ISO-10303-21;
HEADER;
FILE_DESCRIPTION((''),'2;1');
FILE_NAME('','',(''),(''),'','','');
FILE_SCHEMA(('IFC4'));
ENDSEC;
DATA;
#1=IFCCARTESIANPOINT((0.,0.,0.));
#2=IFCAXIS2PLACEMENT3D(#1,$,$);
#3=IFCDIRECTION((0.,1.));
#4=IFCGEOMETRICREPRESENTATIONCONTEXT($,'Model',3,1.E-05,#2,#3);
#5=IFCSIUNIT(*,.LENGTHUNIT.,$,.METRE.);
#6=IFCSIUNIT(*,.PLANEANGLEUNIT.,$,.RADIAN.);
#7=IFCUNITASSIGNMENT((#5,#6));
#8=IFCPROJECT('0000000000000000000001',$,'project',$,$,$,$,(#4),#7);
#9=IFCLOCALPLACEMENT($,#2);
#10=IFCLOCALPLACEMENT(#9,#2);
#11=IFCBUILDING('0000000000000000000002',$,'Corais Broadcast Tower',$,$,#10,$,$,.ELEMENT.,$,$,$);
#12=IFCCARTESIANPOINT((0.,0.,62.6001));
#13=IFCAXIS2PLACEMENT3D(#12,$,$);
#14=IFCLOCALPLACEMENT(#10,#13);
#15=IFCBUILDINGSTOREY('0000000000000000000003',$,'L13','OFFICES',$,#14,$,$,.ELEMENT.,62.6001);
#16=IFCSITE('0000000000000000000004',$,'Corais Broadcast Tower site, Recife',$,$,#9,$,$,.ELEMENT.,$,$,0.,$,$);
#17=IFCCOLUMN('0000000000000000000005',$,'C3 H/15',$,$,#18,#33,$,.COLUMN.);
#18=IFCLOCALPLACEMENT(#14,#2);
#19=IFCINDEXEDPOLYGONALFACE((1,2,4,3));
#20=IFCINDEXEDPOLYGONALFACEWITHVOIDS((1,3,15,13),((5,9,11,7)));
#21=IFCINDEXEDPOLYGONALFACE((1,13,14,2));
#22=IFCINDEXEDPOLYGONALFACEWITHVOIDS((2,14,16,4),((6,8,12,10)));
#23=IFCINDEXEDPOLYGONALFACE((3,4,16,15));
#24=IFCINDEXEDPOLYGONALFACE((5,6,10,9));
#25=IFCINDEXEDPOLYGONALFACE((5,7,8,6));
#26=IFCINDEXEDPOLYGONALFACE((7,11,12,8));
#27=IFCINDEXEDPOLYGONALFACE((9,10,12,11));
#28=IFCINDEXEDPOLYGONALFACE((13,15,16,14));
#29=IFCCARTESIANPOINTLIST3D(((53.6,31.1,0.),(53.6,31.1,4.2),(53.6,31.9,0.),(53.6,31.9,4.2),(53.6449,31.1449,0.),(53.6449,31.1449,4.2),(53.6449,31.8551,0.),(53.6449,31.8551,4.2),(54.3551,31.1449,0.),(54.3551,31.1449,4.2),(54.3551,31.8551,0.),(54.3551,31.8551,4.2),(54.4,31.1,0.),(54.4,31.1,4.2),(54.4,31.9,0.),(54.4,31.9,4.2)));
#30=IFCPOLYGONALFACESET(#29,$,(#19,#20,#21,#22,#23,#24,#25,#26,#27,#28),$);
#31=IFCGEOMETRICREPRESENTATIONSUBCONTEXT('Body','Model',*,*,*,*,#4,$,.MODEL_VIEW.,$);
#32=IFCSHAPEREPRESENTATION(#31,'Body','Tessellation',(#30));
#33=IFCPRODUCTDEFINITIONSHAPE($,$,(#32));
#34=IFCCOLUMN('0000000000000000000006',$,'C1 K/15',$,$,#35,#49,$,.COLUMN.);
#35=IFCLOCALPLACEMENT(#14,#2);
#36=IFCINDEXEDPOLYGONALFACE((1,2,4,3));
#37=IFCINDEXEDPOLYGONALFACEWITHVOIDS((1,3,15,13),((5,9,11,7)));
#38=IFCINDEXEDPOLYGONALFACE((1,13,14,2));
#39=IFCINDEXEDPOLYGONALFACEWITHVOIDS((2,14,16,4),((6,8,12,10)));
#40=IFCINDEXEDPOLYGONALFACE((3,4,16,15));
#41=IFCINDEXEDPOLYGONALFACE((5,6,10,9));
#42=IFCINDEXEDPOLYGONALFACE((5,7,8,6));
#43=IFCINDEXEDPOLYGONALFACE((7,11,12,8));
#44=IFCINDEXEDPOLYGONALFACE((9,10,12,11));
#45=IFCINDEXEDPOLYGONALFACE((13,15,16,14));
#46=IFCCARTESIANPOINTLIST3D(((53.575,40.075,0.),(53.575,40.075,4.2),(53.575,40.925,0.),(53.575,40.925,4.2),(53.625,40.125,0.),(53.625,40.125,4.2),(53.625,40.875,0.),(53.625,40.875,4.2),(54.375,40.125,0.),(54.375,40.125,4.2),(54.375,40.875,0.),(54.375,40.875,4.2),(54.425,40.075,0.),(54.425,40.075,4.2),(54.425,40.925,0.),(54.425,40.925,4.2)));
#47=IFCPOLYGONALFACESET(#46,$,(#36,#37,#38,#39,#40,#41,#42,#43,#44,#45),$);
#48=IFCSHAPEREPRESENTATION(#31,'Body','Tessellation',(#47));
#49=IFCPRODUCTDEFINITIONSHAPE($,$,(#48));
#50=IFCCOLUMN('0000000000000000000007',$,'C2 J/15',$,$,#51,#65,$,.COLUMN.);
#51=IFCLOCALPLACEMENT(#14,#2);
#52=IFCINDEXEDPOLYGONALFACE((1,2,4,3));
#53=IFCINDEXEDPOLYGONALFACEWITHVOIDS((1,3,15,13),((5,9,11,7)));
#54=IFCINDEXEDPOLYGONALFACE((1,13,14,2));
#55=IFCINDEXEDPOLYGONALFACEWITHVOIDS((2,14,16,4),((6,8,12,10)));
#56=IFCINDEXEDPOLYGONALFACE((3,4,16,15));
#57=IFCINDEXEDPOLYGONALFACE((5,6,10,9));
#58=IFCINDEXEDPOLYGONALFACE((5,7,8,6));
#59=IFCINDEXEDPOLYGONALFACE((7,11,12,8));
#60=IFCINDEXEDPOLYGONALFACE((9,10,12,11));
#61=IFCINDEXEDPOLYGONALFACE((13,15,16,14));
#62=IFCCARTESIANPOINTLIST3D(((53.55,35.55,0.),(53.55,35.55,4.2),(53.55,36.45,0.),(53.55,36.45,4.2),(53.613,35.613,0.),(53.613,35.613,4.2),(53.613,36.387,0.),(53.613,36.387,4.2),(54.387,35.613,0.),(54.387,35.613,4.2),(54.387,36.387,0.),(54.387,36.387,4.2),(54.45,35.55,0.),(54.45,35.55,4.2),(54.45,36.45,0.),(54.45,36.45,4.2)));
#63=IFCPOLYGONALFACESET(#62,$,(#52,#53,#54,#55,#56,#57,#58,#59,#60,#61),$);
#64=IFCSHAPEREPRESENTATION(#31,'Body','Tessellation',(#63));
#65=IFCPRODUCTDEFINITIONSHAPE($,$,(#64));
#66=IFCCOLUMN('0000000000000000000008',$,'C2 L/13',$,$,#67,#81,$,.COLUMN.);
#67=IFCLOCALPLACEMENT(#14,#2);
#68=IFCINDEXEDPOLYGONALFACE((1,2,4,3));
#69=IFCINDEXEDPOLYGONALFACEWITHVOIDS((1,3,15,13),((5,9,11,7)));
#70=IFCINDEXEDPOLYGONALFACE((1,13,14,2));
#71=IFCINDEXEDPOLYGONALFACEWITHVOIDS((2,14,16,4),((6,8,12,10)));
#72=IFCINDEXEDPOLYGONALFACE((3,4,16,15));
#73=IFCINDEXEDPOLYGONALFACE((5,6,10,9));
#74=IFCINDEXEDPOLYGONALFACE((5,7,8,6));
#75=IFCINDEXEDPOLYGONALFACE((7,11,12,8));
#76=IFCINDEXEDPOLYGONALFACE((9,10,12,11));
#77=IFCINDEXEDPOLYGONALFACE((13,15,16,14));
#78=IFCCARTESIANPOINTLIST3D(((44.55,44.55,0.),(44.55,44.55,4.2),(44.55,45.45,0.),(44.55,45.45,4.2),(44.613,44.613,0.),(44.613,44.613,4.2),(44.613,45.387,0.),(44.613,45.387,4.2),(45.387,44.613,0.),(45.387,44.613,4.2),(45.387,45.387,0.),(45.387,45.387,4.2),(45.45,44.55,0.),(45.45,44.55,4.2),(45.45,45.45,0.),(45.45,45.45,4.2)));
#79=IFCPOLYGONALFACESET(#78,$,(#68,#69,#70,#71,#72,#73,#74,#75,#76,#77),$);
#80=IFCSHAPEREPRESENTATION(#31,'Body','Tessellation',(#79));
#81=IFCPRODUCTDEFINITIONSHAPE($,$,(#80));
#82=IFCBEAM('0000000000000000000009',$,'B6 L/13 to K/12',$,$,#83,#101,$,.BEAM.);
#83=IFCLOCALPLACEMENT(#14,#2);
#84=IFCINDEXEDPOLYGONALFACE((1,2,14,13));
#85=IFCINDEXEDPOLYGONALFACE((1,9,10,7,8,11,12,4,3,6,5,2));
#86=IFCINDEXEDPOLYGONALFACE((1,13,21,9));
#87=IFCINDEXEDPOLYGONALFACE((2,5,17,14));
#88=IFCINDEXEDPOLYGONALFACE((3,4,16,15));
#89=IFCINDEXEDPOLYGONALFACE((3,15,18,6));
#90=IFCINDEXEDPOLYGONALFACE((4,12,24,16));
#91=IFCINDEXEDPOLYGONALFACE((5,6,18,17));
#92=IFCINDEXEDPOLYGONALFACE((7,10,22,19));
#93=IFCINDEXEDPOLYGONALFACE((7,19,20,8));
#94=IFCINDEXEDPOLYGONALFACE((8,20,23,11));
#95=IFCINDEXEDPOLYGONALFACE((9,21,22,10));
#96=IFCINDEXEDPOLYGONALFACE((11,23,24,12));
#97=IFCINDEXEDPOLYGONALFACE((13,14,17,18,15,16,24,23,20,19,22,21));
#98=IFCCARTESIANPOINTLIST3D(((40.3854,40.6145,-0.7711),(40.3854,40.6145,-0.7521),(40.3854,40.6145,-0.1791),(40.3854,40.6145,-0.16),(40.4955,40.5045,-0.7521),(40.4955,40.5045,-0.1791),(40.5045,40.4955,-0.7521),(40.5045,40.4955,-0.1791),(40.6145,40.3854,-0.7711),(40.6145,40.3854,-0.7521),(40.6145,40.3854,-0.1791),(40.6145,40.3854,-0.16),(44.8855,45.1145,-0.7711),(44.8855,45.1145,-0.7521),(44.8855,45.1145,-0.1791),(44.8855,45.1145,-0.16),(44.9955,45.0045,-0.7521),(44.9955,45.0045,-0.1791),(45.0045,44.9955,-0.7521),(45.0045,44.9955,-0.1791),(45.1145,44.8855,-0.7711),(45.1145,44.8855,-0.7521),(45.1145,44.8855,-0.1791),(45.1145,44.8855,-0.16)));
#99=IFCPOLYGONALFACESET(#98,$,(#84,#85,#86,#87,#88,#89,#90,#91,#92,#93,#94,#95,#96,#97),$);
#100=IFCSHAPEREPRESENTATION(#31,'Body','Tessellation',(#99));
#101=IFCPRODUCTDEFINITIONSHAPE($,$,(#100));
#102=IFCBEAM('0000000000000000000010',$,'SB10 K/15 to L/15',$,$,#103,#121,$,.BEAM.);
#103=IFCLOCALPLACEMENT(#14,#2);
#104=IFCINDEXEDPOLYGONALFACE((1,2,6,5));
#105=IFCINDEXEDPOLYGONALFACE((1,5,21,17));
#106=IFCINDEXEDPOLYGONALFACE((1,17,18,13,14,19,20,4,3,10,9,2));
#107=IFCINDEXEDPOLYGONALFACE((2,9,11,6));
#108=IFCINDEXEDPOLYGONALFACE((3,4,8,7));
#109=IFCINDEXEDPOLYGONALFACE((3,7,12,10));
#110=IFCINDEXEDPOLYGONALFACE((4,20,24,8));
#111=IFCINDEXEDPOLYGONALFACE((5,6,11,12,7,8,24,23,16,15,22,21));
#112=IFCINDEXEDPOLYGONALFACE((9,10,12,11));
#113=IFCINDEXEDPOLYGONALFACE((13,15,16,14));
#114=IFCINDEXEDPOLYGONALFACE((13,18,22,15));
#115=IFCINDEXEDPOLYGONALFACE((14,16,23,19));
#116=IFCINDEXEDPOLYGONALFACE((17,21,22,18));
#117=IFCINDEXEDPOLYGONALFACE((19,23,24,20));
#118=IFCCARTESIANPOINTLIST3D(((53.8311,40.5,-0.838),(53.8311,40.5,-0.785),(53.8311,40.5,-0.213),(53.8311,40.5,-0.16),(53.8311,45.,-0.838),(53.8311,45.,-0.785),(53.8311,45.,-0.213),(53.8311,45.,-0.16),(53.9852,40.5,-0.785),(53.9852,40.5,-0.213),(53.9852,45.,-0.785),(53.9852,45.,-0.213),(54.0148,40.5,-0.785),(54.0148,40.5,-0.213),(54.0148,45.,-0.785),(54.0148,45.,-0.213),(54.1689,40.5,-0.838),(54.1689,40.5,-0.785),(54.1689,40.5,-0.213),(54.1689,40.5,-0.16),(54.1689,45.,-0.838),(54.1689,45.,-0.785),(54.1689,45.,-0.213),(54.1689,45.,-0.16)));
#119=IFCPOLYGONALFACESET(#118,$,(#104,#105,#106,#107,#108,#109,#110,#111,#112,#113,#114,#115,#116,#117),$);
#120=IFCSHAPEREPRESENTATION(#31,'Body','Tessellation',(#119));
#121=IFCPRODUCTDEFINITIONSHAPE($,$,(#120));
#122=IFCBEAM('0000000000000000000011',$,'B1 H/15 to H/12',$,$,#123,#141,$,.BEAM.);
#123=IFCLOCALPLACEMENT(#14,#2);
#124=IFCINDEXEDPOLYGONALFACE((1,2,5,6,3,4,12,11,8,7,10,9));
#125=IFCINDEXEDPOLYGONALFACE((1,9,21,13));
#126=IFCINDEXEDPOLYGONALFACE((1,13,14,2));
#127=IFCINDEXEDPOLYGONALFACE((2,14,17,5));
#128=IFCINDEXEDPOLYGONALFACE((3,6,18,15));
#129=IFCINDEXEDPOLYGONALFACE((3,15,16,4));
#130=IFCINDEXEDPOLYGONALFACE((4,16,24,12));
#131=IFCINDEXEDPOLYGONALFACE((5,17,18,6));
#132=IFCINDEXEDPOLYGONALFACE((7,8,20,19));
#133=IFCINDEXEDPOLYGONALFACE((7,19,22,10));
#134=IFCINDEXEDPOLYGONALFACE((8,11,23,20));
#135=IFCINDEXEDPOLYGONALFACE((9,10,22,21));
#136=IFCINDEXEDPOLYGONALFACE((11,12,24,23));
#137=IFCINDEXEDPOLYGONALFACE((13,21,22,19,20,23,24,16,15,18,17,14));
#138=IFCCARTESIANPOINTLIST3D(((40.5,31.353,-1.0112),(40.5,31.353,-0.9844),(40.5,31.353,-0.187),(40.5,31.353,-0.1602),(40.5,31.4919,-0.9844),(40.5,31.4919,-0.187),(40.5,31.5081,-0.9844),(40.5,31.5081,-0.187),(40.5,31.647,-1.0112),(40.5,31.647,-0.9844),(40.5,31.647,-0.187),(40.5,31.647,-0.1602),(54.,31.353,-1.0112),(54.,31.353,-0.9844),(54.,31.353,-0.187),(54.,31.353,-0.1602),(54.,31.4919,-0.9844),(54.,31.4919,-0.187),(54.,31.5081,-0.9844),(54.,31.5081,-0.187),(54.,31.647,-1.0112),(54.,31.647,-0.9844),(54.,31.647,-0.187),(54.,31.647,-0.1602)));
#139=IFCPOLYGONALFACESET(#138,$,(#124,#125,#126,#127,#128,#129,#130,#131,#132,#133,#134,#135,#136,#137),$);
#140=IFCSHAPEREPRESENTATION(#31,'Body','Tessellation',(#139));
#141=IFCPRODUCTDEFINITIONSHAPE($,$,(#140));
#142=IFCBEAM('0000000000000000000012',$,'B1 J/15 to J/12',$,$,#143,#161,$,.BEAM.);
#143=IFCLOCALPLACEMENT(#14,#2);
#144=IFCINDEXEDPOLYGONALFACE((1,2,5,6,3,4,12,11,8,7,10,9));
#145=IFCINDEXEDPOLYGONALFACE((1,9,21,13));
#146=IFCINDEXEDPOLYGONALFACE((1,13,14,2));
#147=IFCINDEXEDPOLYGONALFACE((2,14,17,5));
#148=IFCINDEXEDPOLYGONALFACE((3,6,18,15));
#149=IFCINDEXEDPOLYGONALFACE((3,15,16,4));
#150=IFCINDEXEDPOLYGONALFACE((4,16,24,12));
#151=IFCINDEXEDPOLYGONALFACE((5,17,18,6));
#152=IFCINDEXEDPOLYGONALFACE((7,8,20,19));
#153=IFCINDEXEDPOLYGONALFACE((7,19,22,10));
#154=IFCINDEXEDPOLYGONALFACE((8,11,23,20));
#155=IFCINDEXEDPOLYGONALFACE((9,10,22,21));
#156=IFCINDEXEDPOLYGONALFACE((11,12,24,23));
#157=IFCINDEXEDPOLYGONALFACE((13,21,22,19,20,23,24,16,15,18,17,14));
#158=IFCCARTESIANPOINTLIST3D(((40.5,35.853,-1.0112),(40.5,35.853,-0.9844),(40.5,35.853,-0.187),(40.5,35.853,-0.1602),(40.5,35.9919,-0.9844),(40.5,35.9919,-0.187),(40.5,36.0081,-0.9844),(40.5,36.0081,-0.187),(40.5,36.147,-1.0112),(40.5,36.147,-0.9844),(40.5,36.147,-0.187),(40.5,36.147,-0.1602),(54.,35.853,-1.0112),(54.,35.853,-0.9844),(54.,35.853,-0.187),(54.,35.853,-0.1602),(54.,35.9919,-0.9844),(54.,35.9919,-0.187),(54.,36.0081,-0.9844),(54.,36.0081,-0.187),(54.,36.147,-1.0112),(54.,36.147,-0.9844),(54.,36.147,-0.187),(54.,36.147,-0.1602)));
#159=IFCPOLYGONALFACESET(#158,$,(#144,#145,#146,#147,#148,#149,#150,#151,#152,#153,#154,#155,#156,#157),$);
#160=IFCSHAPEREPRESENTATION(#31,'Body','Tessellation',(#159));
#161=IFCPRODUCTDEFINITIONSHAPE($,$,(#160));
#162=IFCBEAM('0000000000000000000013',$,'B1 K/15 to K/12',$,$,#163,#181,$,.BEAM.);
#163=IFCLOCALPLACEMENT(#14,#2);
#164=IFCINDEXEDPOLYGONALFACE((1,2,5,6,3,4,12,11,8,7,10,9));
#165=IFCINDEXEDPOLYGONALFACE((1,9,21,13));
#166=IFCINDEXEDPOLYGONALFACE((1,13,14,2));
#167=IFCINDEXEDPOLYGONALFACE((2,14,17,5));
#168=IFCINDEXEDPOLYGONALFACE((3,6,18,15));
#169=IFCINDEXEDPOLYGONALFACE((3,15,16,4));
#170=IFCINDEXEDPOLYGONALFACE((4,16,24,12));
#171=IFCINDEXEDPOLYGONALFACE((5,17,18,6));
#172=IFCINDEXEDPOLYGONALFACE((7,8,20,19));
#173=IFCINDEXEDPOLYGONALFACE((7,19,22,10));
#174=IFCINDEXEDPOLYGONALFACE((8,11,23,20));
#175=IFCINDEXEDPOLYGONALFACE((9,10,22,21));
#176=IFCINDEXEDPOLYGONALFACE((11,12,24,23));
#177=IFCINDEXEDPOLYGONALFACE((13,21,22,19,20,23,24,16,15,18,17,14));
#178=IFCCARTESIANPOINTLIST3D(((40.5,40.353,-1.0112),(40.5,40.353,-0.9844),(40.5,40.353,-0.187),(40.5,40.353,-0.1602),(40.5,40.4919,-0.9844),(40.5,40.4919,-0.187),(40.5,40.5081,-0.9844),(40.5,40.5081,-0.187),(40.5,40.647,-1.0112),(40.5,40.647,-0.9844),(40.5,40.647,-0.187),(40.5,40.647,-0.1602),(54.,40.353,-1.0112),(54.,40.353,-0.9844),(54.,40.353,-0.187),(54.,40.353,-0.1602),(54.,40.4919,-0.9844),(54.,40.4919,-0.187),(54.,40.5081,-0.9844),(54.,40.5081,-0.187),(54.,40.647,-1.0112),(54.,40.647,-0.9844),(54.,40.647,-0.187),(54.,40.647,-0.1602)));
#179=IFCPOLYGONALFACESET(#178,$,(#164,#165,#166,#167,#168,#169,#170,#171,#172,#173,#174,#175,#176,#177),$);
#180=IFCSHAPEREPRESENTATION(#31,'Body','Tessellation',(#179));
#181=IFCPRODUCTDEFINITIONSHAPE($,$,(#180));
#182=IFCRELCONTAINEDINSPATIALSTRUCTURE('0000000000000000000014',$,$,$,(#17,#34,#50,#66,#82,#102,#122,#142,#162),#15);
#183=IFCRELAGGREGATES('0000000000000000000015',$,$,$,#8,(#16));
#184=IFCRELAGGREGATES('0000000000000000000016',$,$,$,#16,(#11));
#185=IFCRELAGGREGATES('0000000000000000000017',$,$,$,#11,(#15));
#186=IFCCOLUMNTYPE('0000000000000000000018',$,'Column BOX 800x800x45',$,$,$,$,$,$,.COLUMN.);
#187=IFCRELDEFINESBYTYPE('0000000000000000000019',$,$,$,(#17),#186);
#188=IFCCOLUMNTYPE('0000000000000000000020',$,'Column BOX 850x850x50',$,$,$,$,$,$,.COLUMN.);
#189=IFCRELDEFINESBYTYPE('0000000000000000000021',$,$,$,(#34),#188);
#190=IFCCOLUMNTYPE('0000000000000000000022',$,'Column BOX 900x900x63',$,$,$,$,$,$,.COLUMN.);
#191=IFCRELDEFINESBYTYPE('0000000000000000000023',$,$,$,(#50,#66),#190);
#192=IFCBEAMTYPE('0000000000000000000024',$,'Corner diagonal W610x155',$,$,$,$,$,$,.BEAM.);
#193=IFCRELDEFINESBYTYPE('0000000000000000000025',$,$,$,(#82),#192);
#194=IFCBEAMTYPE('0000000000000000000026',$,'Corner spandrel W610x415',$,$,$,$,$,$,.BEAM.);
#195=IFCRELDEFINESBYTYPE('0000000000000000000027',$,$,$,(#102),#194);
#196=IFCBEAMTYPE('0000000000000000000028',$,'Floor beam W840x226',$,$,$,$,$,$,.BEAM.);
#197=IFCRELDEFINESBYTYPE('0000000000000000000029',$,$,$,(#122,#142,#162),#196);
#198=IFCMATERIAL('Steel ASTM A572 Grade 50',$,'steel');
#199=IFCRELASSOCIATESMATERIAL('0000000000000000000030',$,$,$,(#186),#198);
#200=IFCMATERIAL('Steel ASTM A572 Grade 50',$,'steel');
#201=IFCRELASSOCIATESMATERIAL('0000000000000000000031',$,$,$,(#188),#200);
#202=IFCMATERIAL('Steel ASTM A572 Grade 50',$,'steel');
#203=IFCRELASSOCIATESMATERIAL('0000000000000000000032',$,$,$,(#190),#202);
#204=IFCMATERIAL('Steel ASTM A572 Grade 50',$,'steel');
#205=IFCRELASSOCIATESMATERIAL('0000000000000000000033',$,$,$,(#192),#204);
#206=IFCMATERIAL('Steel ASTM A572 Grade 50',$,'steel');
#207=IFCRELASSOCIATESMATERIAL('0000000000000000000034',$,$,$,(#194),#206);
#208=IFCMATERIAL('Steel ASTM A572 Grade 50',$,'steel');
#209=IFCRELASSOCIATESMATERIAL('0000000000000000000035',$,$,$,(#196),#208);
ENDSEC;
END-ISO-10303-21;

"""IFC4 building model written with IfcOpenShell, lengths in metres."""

from ifc_helpers import new_model, si_unit, direction, frame, origin, origin_2d, place, context, subcontext, project, spatial, hollow_rectangle, i_section, extrude, material, material_profile, profile_set, type_object, element, save


model = new_model("IFC4")

# Units and contexts
model_context = context("Model", 3, precision=1e-05, world=origin(), true_north=direction((0.0, 1.0)))
body_context = subcontext(model_context, "Body", "Model", "MODEL_VIEW")
ifc_project = project(units=[si_unit("LENGTHUNIT", "METRE"), si_unit("PLANEANGLEUNIT", "RADIAN")], contexts=[model_context])

# Site, building, storey
site_placement = place(None, origin())
site = spatial("IfcSite", under=ifc_project, at=site_placement, Name="Corais Broadcast Tower site, Recife", CompositionType="ELEMENT", RefElevation=0.0)
building_placement = place(site_placement, origin())
building = spatial("IfcBuilding", under=site, at=building_placement, Name="Corais Broadcast Tower", CompositionType="ELEMENT")
storey_placement = place(building_placement, frame((0.0, 0.0, 62.6001)))
storey = spatial("IfcBuildingStorey", under=building, at=storey_placement, Name="L13", Description="OFFICES", CompositionType="ELEMENT", Elevation=62.6001)

# Columns
ifc_material_1 = material(Name="Steel ASTM A572 Grade 50", Category="steel")
ifc_material_profile_1 = material_profile(ifc_material_1, hollow_rectangle(XDim=0.8, YDim=0.8, WallThickness=0.0449, at=origin_2d()), Name="BOX 800x800x45")
ifc_profile_set_1 = profile_set([ifc_material_profile_1], Name="Steel ASTM A572 Grade 50")
column_type_1 = type_object("IfcColumnType", Name="Column BOX 800x800x45", PredefinedType="COLUMN", material=ifc_profile_set_1)
column_1_placement = place(storey_placement, frame((54.0, 31.5, 0.0), z_axis=(0.0, 0.0, 1.0), x_axis=(1.0, 0.0, 0.0)))
element("IfcColumn", 1, at=column_1_placement, inside=storey, type_object=column_type_1, Name="C3 H/15", PredefinedType="COLUMN", context=body_context, shape_type="SweptSolid", body=[
    extrude(hollow_rectangle(XDim=0.8, YDim=0.8, WallThickness=0.0449, at=origin_2d()), origin(), (0.0, 0.0, 1.0), 4.2),
])
ifc_material_2 = material(Name="Steel ASTM A572 Grade 50", Category="steel")
ifc_material_profile_2 = material_profile(ifc_material_2, hollow_rectangle(XDim=0.8501, YDim=0.8501, WallThickness=0.05, at=origin_2d()), Name="BOX 850x850x50")
ifc_profile_set_2 = profile_set([ifc_material_profile_2], Name="Steel ASTM A572 Grade 50")
column_type_2 = type_object("IfcColumnType", Name="Column BOX 850x850x50", PredefinedType="COLUMN", material=ifc_profile_set_2)
column_2_placement = place(storey_placement, frame((54.0, 40.5, 0.0), z_axis=(0.0, 0.0, 1.0), x_axis=(1.0, 0.0, 0.0)))
element("IfcColumn", 2, at=column_2_placement, inside=storey, type_object=column_type_2, Name="C1 K/15", PredefinedType="COLUMN", context=body_context, shape_type="SweptSolid", body=[
    extrude(hollow_rectangle(XDim=0.8501, YDim=0.8501, WallThickness=0.05, at=origin_2d()), origin(), (0.0, 0.0, 1.0), 4.2),
])
ifc_material_3 = material(Name="Steel ASTM A572 Grade 50", Category="steel")
ifc_material_profile_3 = material_profile(ifc_material_3, hollow_rectangle(XDim=0.8999, YDim=0.8999, WallThickness=0.063, at=origin_2d()), Name="BOX 900x900x63")
ifc_profile_set_3 = profile_set([ifc_material_profile_3], Name="Steel ASTM A572 Grade 50")
column_type_3 = type_object("IfcColumnType", Name="Column BOX 900x900x63", PredefinedType="COLUMN", material=ifc_profile_set_3)
for number, where, z_axis, x_axis, name in (
    (3, (54.0, 36.0, 0.0), (0.0, 0.0, 1.0), (1.0, 0.0, 0.0), "C2 J/15"),
    (4, (45.0, 45.0, 0.0), (0.0, 0.0, 1.0), (1.0, 0.0, 0.0), "C2 L/13"),
):
    element("IfcColumn", number, at=place(storey_placement, frame(where, z_axis=z_axis, x_axis=x_axis)), inside=storey, type_object=column_type_3, Name=name, PredefinedType="COLUMN", context=body_context, shape_type="SweptSolid", body=[
        extrude(hollow_rectangle(XDim=0.8999, YDim=0.8999, WallThickness=0.063, at=origin_2d()), origin(), (0.0, 0.0, 1.0), 4.2),
    ])

# Beams
ifc_material_4 = material(Name="Steel ASTM A572 Grade 50", Category="steel")
ifc_material_profile_4 = material_profile(ifc_material_4, i_section(OverallWidth=0.324, OverallDepth=0.6111, WebThickness=0.0127, FlangeThickness=0.019, at=origin_2d()), Name="W610x155")
ifc_profile_set_4 = profile_set([ifc_material_profile_4], Name="Steel ASTM A572 Grade 50")
beam_type_1 = type_object("IfcBeamType", Name="Corner diagonal W610x155", PredefinedType="BEAM", material=ifc_profile_set_4)
beam_1_placement = place(storey_placement, frame((45.0, 45.0, -0.4656), z_axis=(-0.707107, -0.707107, 0.0), x_axis=(0.707107, -0.707107, 0.0)))
element("IfcBeam", 5, at=beam_1_placement, inside=storey, type_object=beam_type_1, Name="B6 L/13 to K/12", PredefinedType="BEAM", context=body_context, shape_type="SweptSolid", body=[
    extrude(i_section(OverallWidth=0.324, OverallDepth=0.6111, WebThickness=0.0127, FlangeThickness=0.019, at=origin_2d()), origin(), (0.0, 0.0, 1.0), 6.364),
])
ifc_material_5 = material(Name="Steel ASTM A572 Grade 50", Category="steel")
ifc_material_profile_5 = material_profile(ifc_material_5, i_section(OverallWidth=0.3379, OverallDepth=0.678, WebThickness=0.0295, FlangeThickness=0.053, at=origin_2d()), Name="W610x415")
ifc_profile_set_5 = profile_set([ifc_material_profile_5], Name="Steel ASTM A572 Grade 50")
beam_type_2 = type_object("IfcBeamType", Name="Corner spandrel W610x415", PredefinedType="BEAM", material=ifc_profile_set_5)
beam_2_placement = place(storey_placement, frame((54.0, 40.5, -0.499), z_axis=(0.0, 1.0, 0.0), x_axis=(-1.0, 0.0, 0.0)))
element("IfcBeam", 6, at=beam_2_placement, inside=storey, type_object=beam_type_2, Name="SB10 K/15 to L/15", PredefinedType="BEAM", context=body_context, shape_type="SweptSolid", body=[
    extrude(i_section(OverallWidth=0.3379, OverallDepth=0.678, WebThickness=0.0295, FlangeThickness=0.053, at=origin_2d()), origin(), (0.0, 0.0, 1.0), 4.5),
])
ifc_material_6 = material(Name="Steel ASTM A572 Grade 50", Category="steel")
ifc_material_profile_6 = material_profile(ifc_material_6, i_section(OverallWidth=0.2939, OverallDepth=0.8511, WebThickness=0.0161, FlangeThickness=0.0269, at=origin_2d()), Name="W840x226")
ifc_profile_set_6 = profile_set([ifc_material_profile_6], Name="Steel ASTM A572 Grade 50")
beam_type_3 = type_object("IfcBeamType", Name="Floor beam W840x226", PredefinedType="BEAM", material=ifc_profile_set_6)
for number, where, z_axis, x_axis, name in (
    (7, (54.0, 31.5, -0.5857), (-1.0, 0.0, 0.0), (0.0, -1.0, 0.0), "B1 H/15 to H/12"),
    (8, (54.0, 36.0, -0.5857), (-1.0, 0.0, 0.0), (0.0, -1.0, 0.0), "B1 J/15 to J/12"),
    (9, (54.0, 40.5, -0.5857), (-1.0, 0.0, 0.0), (0.0, -1.0, 0.0), "B1 K/15 to K/12"),
):
    element("IfcBeam", number, at=place(storey_placement, frame(where, z_axis=z_axis, x_axis=x_axis)), inside=storey, type_object=beam_type_3, Name=name, PredefinedType="BEAM", context=body_context, shape_type="SweptSolid", body=[
        extrude(i_section(OverallWidth=0.2939, OverallDepth=0.8511, WebThickness=0.0161, FlangeThickness=0.0269, at=origin_2d()), origin(), (0.0, 0.0, 1.0), 13.5),
    ])

save(model, "model.ifc")
